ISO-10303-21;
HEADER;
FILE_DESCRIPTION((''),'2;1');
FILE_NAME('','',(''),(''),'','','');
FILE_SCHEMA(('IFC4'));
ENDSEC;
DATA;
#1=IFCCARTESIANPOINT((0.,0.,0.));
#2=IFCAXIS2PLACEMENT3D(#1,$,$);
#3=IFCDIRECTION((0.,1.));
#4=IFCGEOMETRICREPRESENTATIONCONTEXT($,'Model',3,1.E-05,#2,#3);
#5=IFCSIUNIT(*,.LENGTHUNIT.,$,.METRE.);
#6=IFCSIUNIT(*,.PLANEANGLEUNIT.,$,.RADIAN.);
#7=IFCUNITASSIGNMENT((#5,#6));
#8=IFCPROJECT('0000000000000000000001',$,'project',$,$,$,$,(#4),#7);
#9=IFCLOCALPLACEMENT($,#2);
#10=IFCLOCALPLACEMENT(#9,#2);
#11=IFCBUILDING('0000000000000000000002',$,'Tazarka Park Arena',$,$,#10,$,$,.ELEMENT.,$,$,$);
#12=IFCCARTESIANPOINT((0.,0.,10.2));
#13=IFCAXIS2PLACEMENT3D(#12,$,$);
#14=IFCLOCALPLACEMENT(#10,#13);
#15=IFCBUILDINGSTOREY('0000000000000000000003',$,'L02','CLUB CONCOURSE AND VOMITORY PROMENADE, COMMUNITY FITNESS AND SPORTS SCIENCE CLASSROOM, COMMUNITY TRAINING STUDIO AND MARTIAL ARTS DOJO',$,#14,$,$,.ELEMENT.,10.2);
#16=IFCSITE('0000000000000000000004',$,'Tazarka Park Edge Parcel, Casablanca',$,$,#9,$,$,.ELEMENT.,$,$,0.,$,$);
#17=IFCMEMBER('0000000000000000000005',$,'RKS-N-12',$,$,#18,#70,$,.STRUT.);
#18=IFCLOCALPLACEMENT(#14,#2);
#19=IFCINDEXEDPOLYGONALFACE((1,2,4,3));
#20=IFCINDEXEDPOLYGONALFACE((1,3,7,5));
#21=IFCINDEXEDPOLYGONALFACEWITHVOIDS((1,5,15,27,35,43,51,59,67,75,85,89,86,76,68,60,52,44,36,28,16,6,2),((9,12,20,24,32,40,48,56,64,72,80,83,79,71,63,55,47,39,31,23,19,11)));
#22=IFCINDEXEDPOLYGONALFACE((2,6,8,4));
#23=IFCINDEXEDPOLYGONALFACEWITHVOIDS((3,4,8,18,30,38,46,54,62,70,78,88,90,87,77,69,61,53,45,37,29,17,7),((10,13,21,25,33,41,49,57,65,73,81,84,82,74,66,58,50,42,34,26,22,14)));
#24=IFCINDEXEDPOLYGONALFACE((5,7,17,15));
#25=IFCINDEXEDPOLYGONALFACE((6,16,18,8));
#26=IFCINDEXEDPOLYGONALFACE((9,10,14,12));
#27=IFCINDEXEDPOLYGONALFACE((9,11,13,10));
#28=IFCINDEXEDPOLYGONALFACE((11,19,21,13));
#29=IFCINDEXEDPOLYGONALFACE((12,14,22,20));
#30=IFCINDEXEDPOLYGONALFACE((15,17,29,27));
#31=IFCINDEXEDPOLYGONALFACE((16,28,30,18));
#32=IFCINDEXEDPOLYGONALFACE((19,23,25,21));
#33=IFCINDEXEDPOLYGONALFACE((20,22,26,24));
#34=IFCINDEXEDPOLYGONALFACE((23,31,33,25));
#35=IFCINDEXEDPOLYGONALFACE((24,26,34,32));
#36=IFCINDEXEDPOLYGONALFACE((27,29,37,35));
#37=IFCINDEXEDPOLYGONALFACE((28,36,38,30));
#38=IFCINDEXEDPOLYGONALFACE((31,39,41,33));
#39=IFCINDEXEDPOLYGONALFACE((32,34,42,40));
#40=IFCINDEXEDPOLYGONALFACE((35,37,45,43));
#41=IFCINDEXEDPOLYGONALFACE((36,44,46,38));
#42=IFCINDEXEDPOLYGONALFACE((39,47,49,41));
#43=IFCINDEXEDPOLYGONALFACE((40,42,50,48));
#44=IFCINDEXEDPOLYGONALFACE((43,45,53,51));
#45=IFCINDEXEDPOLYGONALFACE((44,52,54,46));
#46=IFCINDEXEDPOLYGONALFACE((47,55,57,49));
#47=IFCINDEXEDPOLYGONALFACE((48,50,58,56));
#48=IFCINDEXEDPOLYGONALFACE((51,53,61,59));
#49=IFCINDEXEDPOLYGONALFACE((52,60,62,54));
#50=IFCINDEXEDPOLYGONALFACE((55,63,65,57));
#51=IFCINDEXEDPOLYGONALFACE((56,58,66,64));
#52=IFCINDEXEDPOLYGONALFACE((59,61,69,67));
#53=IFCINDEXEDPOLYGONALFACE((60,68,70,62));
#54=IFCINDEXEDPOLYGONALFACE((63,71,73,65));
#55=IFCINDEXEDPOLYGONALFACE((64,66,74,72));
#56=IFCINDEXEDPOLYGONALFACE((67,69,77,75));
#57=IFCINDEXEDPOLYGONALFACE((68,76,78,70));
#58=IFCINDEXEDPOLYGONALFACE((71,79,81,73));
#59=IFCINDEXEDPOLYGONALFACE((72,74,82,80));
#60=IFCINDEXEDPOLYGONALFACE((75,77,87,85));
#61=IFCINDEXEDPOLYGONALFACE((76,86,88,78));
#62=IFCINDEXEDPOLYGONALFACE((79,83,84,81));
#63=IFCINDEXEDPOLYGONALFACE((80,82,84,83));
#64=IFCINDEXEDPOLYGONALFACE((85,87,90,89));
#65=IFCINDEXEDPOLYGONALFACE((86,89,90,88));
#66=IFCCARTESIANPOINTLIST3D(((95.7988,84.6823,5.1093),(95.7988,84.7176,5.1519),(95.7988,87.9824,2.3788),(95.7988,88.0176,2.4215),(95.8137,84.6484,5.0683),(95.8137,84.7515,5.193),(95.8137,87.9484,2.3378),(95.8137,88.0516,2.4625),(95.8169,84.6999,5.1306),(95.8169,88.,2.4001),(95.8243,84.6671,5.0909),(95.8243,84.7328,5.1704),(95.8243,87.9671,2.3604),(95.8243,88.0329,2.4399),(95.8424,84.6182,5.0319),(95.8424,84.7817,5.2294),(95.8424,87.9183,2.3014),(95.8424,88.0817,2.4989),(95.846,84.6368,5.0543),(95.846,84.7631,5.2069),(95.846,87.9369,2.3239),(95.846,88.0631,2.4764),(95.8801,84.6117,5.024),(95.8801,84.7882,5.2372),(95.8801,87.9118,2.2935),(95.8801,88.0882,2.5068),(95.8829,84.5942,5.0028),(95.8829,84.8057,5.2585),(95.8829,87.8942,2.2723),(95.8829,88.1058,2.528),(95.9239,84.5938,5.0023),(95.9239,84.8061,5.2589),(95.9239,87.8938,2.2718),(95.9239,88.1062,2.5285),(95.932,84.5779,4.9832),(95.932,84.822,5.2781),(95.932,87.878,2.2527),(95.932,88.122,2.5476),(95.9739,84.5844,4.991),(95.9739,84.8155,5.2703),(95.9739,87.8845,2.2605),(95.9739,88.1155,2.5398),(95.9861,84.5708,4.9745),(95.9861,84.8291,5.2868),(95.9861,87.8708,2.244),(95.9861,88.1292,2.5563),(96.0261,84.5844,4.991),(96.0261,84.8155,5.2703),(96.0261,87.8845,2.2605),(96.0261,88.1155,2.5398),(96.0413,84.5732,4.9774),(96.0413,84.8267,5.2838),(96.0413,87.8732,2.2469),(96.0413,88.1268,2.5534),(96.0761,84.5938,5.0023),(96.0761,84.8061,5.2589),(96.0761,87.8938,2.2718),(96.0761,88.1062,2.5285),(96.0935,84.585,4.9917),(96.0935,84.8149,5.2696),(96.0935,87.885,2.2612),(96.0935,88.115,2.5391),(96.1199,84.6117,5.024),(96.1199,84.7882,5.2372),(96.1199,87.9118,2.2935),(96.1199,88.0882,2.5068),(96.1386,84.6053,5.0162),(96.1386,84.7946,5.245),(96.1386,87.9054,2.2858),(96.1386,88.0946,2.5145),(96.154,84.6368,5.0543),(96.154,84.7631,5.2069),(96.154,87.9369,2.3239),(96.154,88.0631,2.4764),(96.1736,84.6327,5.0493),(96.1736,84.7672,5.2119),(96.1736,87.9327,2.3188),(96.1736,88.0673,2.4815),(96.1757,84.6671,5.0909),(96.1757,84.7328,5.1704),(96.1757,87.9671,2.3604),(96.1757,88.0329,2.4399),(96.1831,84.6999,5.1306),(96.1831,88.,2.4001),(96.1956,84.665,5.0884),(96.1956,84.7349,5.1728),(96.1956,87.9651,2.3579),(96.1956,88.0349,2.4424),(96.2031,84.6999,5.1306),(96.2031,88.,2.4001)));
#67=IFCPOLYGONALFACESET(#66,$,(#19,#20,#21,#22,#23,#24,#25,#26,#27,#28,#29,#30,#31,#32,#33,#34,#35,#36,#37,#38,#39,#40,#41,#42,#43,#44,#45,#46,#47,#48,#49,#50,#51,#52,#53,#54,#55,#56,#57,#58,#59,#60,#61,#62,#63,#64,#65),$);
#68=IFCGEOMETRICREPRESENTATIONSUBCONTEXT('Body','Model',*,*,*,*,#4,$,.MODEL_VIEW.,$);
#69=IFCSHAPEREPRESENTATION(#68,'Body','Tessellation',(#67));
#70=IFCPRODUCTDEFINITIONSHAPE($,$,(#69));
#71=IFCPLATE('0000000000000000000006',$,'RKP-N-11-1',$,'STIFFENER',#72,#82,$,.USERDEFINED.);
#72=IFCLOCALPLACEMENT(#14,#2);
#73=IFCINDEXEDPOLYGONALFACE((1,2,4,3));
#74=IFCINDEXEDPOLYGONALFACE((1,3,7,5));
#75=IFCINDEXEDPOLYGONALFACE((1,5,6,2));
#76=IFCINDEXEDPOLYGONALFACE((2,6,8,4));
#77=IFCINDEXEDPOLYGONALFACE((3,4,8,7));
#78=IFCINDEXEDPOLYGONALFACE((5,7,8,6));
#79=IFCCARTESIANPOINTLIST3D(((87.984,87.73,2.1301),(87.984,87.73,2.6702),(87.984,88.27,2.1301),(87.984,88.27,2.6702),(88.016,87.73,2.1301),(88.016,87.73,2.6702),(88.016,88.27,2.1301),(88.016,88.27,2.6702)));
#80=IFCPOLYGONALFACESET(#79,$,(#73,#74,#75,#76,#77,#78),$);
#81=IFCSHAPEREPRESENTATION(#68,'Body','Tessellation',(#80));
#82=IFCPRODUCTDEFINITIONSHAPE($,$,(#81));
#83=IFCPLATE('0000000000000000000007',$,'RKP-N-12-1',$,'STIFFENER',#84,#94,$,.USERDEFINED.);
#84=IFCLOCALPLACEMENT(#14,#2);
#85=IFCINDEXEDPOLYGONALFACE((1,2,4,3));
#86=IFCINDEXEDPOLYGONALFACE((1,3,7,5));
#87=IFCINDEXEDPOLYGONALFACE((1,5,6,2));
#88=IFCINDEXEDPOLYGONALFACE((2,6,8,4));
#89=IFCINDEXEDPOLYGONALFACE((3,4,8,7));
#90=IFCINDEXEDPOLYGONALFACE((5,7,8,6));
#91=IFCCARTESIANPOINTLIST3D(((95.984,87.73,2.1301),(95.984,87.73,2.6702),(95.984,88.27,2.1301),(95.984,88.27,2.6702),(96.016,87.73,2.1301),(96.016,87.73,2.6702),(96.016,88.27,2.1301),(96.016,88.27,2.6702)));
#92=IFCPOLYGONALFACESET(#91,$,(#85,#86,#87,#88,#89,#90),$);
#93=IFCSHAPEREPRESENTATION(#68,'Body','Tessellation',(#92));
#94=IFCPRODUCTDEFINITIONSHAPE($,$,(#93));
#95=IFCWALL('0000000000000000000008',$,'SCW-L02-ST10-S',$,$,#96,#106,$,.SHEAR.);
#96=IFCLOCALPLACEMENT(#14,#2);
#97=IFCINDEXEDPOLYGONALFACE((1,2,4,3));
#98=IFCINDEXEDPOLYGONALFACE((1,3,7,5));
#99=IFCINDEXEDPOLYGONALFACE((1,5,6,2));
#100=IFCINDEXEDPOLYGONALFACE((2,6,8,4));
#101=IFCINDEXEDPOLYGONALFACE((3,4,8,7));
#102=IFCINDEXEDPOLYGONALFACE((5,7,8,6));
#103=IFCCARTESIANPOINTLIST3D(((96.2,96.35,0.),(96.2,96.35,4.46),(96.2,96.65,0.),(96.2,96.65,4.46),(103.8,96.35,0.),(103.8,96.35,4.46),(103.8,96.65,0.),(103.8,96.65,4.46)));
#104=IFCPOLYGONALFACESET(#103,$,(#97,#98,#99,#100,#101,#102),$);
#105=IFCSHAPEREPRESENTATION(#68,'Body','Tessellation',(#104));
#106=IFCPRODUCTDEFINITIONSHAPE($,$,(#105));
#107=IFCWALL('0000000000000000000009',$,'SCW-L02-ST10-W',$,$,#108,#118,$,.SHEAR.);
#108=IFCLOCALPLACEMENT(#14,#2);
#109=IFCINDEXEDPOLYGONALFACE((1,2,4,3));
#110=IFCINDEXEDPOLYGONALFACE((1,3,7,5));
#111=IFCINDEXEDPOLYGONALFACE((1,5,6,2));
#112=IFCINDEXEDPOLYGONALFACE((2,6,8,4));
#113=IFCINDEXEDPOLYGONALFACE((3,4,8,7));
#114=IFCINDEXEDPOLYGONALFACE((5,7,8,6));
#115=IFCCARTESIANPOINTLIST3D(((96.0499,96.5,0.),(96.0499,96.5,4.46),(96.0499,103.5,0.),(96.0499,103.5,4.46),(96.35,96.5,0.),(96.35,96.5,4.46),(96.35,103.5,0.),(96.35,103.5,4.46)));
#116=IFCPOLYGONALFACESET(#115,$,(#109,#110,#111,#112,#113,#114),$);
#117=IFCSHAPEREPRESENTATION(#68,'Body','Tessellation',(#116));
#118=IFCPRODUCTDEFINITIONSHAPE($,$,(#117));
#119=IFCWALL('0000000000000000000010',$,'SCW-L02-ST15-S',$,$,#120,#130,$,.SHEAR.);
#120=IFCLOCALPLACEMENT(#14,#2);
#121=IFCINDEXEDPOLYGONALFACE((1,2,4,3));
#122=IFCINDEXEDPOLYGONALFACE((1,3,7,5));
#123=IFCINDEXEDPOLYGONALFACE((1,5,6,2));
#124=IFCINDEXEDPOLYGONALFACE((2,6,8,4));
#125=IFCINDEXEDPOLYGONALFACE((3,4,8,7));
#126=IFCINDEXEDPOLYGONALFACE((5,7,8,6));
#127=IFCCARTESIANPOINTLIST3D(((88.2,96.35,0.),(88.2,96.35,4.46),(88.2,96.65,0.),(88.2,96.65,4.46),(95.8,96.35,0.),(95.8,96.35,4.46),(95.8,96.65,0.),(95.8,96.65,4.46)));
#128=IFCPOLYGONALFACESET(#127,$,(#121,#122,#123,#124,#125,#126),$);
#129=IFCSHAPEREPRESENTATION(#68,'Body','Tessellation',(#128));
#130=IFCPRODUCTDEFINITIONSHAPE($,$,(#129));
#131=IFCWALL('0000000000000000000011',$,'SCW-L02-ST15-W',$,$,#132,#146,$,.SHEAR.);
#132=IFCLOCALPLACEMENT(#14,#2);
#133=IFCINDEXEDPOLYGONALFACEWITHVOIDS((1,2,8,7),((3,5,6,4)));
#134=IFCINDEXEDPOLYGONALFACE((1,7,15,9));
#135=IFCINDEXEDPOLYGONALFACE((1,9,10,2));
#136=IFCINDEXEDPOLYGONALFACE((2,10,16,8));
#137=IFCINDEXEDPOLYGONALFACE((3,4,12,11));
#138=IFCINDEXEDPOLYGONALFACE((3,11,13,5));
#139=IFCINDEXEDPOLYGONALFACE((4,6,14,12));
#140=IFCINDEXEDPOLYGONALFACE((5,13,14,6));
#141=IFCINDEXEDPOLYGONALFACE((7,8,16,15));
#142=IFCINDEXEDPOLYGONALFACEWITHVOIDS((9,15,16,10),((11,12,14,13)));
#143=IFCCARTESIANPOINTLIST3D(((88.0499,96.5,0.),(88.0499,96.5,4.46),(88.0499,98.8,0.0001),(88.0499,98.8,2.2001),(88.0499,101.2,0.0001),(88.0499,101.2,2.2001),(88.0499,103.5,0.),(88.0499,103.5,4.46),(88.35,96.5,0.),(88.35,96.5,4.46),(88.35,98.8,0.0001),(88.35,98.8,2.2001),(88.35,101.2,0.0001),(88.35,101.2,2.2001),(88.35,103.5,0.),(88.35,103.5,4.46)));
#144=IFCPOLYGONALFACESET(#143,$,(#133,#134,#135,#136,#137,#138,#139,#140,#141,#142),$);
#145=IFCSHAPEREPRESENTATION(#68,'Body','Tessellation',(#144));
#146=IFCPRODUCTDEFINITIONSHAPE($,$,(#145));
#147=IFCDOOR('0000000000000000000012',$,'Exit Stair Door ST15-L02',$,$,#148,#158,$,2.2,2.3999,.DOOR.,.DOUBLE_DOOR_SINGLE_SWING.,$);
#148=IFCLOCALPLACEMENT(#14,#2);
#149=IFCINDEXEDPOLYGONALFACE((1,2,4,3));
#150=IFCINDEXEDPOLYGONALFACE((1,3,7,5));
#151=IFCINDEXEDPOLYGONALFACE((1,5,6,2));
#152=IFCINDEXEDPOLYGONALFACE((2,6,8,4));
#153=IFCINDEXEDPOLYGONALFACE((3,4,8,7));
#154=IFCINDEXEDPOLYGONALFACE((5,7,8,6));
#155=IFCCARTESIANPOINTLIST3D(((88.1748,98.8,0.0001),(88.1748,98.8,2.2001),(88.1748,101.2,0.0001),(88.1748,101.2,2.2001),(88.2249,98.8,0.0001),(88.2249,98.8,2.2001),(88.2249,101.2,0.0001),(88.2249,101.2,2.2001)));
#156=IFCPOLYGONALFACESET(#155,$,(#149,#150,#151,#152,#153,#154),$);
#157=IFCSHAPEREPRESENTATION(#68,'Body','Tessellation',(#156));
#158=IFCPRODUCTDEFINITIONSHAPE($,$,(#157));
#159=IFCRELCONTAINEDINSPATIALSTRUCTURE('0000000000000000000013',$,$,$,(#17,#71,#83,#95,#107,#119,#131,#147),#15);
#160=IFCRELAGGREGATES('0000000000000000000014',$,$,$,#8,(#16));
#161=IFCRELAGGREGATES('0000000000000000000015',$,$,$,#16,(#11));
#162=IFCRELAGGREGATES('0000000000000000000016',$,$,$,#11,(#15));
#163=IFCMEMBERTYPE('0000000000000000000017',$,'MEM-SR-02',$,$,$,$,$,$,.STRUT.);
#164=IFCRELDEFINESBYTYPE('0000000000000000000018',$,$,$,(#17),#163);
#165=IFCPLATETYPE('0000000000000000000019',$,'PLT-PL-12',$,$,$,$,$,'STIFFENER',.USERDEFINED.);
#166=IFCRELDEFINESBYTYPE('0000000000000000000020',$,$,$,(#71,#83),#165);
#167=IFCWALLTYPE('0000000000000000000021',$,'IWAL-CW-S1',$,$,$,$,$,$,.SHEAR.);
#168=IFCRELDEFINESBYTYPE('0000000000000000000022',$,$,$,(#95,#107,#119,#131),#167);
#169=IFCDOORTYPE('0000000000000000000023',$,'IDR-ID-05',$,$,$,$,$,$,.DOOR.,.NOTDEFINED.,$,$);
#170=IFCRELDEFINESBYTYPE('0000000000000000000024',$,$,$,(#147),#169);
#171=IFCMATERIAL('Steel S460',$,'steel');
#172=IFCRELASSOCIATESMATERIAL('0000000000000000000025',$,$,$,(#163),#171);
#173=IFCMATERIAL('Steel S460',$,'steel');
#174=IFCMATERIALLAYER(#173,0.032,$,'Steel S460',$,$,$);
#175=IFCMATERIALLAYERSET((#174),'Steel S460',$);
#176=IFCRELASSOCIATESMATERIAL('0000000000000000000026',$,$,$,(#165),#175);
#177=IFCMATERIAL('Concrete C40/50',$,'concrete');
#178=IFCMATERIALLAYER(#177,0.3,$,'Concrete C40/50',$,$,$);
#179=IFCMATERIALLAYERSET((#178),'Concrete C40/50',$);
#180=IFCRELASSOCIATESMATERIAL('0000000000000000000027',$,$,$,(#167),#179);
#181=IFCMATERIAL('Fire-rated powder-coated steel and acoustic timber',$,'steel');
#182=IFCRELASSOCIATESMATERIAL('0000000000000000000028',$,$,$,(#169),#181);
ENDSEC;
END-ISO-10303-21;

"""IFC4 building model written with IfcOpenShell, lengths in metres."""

from ifc_helpers import new_model, si_unit, direction, frame, frame_2d, origin, origin_2d, place, context, subcontext, project, spatial, rectangle, hollow_circle, extrude, material, layer, layer_set, material_profile, profile_set, type_object, element, fill, save


model = new_model("IFC4")

# Units and contexts
model_context = context("Model", 3, precision=1e-05, world=origin(), true_north=direction((0.0, 1.0)))
body_context = subcontext(model_context, "Body", "Model", "MODEL_VIEW")
ifc_project = project(units=[si_unit("LENGTHUNIT", "METRE"), si_unit("PLANEANGLEUNIT", "RADIAN")], contexts=[model_context])

# Site, building, storey
site_placement = place(None, origin())
site = spatial("IfcSite", under=ifc_project, at=site_placement, Name="Tazarka Park Edge Parcel, Casablanca", CompositionType="ELEMENT", RefElevation=0.0)
building_placement = place(site_placement, origin())
building = spatial("IfcBuilding", under=site, at=building_placement, Name="Tazarka Park Arena", CompositionType="ELEMENT")
storey_placement = place(building_placement, frame((0.0, 0.0, 10.2)))
storey = spatial("IfcBuildingStorey", under=building, at=storey_placement, Name="L02", Description="CLUB CONCOURSE AND VOMITORY PROMENADE, COMMUNITY FITNESS AND SPORTS SCIENCE CLASSROOM, COMMUNITY TRAINING STUDIO AND MARTIAL ARTS DOJO", CompositionType="ELEMENT", Elevation=10.2)

# Member
ifc_material_1 = material(Name="Steel S460", Category="steel")
ifc_material_profile_1 = material_profile(ifc_material_1, hollow_circle(Radius=0.2031, WallThickness=0.02, at=origin_2d()), Name="Steel S460")
ifc_profile_set_1 = profile_set([ifc_material_profile_1], Name="Steel S460")
member_type = type_object("IfcMemberType", Name="MEM-SR-02", PredefinedType="STRUT", material=ifc_profile_set_1)
member_placement = place(storey_placement, frame((96.0, 88.0, 2.4001), z_axis=(0.0, -0.770464, 0.637484), x_axis=(1.0, 0.0, 0.0)))
element("IfcMember", 1, at=member_placement, inside=storey, type_object=member_type, Name="RKS-N-12", PredefinedType="STRUT", context=body_context, shape_type="SweptSolid", body=[
    extrude(hollow_circle(Radius=0.2031, WallThickness=0.02, at=origin_2d()), origin(), (0.0, 0.0, 1.0), 4.2832),
])

# Plates
ifc_material_2 = material(Name="Steel S460", Category="steel")
ifc_layer_1 = layer(ifc_material_2, 0.032, Name="Steel S460")
ifc_layer_set_1 = layer_set([ifc_layer_1], Name="Steel S460")
plate_type = type_object("IfcPlateType", Name="PLT-PL-12", ElementType="STIFFENER", PredefinedType="USERDEFINED", material=ifc_layer_set_1)
for number, where, z_axis, x_axis, name in (
    (2, (88.0, 88.0, 2.1301), (0.0, 0.0, 1.0), (1.0, 0.0, 0.0), "RKP-N-11-1"),
    (3, (96.0, 88.0, 2.1301), (0.0, 0.0, 1.0), (1.0, 0.0, 0.0), "RKP-N-12-1"),
):
    element("IfcPlate", number, at=place(storey_placement, frame(where, z_axis=z_axis, x_axis=x_axis)), inside=storey, type_object=plate_type, Name=name, ObjectType="STIFFENER", PredefinedType="USERDEFINED", context=body_context, shape_type="SweptSolid", body=[
        extrude(rectangle(XDim=0.032, YDim=0.54, at=origin_2d()), origin(), (0.0, 0.0, 1.0), 0.54),
    ])

# Walls
ifc_material_3 = material(Name="Concrete C40/50", Category="concrete")
ifc_layer_2 = layer(ifc_material_3, 0.3, Name="Concrete C40/50")
ifc_layer_set_2 = layer_set([ifc_layer_2], Name="Concrete C40/50")
wall_type = type_object("IfcWallType", Name="IWAL-CW-S1", PredefinedType="SHEAR", material=ifc_layer_set_2)
wall_1_placement = place(storey_placement, frame((103.8, 96.5, 0.0), z_axis=(0.0, 0.0, 1.0), x_axis=(-1.0, 0.0, 0.0)))
element("IfcWall", 4, at=wall_1_placement, inside=storey, type_object=wall_type, Name="SCW-L02-ST10-S", PredefinedType="SHEAR", context=body_context, shape_type="SweptSolid", body=[
    extrude(rectangle(XDim=7.6001, YDim=0.3, at=frame_2d((3.8, 0.0))), origin(), (0.0, 0.0, 1.0), 4.46),
])
wall_2_placement = place(storey_placement, frame((96.2, 96.5, 0.0), z_axis=(0.0, 0.0, 1.0), x_axis=(0.0, 1.0, 0.0)))
element("IfcWall", 5, at=wall_2_placement, inside=storey, type_object=wall_type, Name="SCW-L02-ST10-W", PredefinedType="SHEAR", context=body_context, shape_type="SweptSolid", body=[
    extrude(rectangle(XDim=7.0, YDim=0.3, at=frame_2d((3.5, 0.0))), origin(), (0.0, 0.0, 1.0), 4.46),
])
wall_3_placement = place(storey_placement, frame((95.8, 96.5, 0.0), z_axis=(0.0, 0.0, 1.0), x_axis=(-1.0, 0.0, 0.0)))
element("IfcWall", 6, at=wall_3_placement, inside=storey, type_object=wall_type, Name="SCW-L02-ST15-S", PredefinedType="SHEAR", context=body_context, shape_type="SweptSolid", body=[
    extrude(rectangle(XDim=7.6001, YDim=0.3, at=frame_2d((3.8, 0.0))), origin(), (0.0, 0.0, 1.0), 4.46),
])

# Wall, opening, door
wall_4_placement = place(storey_placement, frame((88.2, 96.5, 0.0), z_axis=(0.0, 0.0, 1.0), x_axis=(0.0, 1.0, 0.0)))
wall_4 = element("IfcWall", 7, at=wall_4_placement, inside=storey, type_object=wall_type, Name="SCW-L02-ST15-W", PredefinedType="SHEAR", context=body_context, shape_type="SweptSolid", body=[
    extrude(rectangle(XDim=7.0, YDim=0.3, at=frame_2d((3.5, 0.0))), origin(), (0.0, 0.0, 1.0), 4.46),
])
opening_placement = place(wall_4_placement, frame((2.3, 0.0, 0.0)))
opening = element("IfcOpeningElement", 8, at=opening_placement, cuts=wall_4, PredefinedType="OPENING", context=body_context, shape_type="SweptSolid", body=[
    extrude(rectangle(XDim=2.3999, YDim=2.2, at=frame_2d((1.2, 1.1001))), frame((0.0, 0.1602, 0.0), z_axis=(0.0, -1.0, 0.0), x_axis=(1.0, 0.0, 0.0)), (0.0, 0.0, 1.0), 0.3201),
])
ifc_material_4 = material(Name="Fire-rated powder-coated steel and acoustic timber", Category="steel")
door_type = type_object("IfcDoorType", Name="IDR-ID-05", OperationType="NOTDEFINED", PredefinedType="DOOR", material=ifc_material_4)
door_placement = place(opening_placement, frame((2.3999, 0.0, 0.0), z_axis=(0.0, 0.0, 1.0), x_axis=(-1.0, 0.0, 0.0)))
door = element("IfcDoor", 9, at=door_placement, inside=storey, type_object=door_type, Name="Exit Stair Door ST15-L02", OperationType="DOUBLE_DOOR_SINGLE_SWING", OverallHeight=2.2, OverallWidth=2.3999, PredefinedType="DOOR", context=body_context, shape_type="SweptSolid", body=[
    extrude(rectangle(XDim=2.3999, YDim=2.2, at=frame_2d((1.2, 1.1001))), frame((0.0, 0.0249, 0.0), z_axis=(0.0, -1.0, 0.0), x_axis=(1.0, 0.0, 0.0)), (0.0, 0.0, 1.0), 0.05),
])
fill(opening, door)

save(model, "model.ifc")
